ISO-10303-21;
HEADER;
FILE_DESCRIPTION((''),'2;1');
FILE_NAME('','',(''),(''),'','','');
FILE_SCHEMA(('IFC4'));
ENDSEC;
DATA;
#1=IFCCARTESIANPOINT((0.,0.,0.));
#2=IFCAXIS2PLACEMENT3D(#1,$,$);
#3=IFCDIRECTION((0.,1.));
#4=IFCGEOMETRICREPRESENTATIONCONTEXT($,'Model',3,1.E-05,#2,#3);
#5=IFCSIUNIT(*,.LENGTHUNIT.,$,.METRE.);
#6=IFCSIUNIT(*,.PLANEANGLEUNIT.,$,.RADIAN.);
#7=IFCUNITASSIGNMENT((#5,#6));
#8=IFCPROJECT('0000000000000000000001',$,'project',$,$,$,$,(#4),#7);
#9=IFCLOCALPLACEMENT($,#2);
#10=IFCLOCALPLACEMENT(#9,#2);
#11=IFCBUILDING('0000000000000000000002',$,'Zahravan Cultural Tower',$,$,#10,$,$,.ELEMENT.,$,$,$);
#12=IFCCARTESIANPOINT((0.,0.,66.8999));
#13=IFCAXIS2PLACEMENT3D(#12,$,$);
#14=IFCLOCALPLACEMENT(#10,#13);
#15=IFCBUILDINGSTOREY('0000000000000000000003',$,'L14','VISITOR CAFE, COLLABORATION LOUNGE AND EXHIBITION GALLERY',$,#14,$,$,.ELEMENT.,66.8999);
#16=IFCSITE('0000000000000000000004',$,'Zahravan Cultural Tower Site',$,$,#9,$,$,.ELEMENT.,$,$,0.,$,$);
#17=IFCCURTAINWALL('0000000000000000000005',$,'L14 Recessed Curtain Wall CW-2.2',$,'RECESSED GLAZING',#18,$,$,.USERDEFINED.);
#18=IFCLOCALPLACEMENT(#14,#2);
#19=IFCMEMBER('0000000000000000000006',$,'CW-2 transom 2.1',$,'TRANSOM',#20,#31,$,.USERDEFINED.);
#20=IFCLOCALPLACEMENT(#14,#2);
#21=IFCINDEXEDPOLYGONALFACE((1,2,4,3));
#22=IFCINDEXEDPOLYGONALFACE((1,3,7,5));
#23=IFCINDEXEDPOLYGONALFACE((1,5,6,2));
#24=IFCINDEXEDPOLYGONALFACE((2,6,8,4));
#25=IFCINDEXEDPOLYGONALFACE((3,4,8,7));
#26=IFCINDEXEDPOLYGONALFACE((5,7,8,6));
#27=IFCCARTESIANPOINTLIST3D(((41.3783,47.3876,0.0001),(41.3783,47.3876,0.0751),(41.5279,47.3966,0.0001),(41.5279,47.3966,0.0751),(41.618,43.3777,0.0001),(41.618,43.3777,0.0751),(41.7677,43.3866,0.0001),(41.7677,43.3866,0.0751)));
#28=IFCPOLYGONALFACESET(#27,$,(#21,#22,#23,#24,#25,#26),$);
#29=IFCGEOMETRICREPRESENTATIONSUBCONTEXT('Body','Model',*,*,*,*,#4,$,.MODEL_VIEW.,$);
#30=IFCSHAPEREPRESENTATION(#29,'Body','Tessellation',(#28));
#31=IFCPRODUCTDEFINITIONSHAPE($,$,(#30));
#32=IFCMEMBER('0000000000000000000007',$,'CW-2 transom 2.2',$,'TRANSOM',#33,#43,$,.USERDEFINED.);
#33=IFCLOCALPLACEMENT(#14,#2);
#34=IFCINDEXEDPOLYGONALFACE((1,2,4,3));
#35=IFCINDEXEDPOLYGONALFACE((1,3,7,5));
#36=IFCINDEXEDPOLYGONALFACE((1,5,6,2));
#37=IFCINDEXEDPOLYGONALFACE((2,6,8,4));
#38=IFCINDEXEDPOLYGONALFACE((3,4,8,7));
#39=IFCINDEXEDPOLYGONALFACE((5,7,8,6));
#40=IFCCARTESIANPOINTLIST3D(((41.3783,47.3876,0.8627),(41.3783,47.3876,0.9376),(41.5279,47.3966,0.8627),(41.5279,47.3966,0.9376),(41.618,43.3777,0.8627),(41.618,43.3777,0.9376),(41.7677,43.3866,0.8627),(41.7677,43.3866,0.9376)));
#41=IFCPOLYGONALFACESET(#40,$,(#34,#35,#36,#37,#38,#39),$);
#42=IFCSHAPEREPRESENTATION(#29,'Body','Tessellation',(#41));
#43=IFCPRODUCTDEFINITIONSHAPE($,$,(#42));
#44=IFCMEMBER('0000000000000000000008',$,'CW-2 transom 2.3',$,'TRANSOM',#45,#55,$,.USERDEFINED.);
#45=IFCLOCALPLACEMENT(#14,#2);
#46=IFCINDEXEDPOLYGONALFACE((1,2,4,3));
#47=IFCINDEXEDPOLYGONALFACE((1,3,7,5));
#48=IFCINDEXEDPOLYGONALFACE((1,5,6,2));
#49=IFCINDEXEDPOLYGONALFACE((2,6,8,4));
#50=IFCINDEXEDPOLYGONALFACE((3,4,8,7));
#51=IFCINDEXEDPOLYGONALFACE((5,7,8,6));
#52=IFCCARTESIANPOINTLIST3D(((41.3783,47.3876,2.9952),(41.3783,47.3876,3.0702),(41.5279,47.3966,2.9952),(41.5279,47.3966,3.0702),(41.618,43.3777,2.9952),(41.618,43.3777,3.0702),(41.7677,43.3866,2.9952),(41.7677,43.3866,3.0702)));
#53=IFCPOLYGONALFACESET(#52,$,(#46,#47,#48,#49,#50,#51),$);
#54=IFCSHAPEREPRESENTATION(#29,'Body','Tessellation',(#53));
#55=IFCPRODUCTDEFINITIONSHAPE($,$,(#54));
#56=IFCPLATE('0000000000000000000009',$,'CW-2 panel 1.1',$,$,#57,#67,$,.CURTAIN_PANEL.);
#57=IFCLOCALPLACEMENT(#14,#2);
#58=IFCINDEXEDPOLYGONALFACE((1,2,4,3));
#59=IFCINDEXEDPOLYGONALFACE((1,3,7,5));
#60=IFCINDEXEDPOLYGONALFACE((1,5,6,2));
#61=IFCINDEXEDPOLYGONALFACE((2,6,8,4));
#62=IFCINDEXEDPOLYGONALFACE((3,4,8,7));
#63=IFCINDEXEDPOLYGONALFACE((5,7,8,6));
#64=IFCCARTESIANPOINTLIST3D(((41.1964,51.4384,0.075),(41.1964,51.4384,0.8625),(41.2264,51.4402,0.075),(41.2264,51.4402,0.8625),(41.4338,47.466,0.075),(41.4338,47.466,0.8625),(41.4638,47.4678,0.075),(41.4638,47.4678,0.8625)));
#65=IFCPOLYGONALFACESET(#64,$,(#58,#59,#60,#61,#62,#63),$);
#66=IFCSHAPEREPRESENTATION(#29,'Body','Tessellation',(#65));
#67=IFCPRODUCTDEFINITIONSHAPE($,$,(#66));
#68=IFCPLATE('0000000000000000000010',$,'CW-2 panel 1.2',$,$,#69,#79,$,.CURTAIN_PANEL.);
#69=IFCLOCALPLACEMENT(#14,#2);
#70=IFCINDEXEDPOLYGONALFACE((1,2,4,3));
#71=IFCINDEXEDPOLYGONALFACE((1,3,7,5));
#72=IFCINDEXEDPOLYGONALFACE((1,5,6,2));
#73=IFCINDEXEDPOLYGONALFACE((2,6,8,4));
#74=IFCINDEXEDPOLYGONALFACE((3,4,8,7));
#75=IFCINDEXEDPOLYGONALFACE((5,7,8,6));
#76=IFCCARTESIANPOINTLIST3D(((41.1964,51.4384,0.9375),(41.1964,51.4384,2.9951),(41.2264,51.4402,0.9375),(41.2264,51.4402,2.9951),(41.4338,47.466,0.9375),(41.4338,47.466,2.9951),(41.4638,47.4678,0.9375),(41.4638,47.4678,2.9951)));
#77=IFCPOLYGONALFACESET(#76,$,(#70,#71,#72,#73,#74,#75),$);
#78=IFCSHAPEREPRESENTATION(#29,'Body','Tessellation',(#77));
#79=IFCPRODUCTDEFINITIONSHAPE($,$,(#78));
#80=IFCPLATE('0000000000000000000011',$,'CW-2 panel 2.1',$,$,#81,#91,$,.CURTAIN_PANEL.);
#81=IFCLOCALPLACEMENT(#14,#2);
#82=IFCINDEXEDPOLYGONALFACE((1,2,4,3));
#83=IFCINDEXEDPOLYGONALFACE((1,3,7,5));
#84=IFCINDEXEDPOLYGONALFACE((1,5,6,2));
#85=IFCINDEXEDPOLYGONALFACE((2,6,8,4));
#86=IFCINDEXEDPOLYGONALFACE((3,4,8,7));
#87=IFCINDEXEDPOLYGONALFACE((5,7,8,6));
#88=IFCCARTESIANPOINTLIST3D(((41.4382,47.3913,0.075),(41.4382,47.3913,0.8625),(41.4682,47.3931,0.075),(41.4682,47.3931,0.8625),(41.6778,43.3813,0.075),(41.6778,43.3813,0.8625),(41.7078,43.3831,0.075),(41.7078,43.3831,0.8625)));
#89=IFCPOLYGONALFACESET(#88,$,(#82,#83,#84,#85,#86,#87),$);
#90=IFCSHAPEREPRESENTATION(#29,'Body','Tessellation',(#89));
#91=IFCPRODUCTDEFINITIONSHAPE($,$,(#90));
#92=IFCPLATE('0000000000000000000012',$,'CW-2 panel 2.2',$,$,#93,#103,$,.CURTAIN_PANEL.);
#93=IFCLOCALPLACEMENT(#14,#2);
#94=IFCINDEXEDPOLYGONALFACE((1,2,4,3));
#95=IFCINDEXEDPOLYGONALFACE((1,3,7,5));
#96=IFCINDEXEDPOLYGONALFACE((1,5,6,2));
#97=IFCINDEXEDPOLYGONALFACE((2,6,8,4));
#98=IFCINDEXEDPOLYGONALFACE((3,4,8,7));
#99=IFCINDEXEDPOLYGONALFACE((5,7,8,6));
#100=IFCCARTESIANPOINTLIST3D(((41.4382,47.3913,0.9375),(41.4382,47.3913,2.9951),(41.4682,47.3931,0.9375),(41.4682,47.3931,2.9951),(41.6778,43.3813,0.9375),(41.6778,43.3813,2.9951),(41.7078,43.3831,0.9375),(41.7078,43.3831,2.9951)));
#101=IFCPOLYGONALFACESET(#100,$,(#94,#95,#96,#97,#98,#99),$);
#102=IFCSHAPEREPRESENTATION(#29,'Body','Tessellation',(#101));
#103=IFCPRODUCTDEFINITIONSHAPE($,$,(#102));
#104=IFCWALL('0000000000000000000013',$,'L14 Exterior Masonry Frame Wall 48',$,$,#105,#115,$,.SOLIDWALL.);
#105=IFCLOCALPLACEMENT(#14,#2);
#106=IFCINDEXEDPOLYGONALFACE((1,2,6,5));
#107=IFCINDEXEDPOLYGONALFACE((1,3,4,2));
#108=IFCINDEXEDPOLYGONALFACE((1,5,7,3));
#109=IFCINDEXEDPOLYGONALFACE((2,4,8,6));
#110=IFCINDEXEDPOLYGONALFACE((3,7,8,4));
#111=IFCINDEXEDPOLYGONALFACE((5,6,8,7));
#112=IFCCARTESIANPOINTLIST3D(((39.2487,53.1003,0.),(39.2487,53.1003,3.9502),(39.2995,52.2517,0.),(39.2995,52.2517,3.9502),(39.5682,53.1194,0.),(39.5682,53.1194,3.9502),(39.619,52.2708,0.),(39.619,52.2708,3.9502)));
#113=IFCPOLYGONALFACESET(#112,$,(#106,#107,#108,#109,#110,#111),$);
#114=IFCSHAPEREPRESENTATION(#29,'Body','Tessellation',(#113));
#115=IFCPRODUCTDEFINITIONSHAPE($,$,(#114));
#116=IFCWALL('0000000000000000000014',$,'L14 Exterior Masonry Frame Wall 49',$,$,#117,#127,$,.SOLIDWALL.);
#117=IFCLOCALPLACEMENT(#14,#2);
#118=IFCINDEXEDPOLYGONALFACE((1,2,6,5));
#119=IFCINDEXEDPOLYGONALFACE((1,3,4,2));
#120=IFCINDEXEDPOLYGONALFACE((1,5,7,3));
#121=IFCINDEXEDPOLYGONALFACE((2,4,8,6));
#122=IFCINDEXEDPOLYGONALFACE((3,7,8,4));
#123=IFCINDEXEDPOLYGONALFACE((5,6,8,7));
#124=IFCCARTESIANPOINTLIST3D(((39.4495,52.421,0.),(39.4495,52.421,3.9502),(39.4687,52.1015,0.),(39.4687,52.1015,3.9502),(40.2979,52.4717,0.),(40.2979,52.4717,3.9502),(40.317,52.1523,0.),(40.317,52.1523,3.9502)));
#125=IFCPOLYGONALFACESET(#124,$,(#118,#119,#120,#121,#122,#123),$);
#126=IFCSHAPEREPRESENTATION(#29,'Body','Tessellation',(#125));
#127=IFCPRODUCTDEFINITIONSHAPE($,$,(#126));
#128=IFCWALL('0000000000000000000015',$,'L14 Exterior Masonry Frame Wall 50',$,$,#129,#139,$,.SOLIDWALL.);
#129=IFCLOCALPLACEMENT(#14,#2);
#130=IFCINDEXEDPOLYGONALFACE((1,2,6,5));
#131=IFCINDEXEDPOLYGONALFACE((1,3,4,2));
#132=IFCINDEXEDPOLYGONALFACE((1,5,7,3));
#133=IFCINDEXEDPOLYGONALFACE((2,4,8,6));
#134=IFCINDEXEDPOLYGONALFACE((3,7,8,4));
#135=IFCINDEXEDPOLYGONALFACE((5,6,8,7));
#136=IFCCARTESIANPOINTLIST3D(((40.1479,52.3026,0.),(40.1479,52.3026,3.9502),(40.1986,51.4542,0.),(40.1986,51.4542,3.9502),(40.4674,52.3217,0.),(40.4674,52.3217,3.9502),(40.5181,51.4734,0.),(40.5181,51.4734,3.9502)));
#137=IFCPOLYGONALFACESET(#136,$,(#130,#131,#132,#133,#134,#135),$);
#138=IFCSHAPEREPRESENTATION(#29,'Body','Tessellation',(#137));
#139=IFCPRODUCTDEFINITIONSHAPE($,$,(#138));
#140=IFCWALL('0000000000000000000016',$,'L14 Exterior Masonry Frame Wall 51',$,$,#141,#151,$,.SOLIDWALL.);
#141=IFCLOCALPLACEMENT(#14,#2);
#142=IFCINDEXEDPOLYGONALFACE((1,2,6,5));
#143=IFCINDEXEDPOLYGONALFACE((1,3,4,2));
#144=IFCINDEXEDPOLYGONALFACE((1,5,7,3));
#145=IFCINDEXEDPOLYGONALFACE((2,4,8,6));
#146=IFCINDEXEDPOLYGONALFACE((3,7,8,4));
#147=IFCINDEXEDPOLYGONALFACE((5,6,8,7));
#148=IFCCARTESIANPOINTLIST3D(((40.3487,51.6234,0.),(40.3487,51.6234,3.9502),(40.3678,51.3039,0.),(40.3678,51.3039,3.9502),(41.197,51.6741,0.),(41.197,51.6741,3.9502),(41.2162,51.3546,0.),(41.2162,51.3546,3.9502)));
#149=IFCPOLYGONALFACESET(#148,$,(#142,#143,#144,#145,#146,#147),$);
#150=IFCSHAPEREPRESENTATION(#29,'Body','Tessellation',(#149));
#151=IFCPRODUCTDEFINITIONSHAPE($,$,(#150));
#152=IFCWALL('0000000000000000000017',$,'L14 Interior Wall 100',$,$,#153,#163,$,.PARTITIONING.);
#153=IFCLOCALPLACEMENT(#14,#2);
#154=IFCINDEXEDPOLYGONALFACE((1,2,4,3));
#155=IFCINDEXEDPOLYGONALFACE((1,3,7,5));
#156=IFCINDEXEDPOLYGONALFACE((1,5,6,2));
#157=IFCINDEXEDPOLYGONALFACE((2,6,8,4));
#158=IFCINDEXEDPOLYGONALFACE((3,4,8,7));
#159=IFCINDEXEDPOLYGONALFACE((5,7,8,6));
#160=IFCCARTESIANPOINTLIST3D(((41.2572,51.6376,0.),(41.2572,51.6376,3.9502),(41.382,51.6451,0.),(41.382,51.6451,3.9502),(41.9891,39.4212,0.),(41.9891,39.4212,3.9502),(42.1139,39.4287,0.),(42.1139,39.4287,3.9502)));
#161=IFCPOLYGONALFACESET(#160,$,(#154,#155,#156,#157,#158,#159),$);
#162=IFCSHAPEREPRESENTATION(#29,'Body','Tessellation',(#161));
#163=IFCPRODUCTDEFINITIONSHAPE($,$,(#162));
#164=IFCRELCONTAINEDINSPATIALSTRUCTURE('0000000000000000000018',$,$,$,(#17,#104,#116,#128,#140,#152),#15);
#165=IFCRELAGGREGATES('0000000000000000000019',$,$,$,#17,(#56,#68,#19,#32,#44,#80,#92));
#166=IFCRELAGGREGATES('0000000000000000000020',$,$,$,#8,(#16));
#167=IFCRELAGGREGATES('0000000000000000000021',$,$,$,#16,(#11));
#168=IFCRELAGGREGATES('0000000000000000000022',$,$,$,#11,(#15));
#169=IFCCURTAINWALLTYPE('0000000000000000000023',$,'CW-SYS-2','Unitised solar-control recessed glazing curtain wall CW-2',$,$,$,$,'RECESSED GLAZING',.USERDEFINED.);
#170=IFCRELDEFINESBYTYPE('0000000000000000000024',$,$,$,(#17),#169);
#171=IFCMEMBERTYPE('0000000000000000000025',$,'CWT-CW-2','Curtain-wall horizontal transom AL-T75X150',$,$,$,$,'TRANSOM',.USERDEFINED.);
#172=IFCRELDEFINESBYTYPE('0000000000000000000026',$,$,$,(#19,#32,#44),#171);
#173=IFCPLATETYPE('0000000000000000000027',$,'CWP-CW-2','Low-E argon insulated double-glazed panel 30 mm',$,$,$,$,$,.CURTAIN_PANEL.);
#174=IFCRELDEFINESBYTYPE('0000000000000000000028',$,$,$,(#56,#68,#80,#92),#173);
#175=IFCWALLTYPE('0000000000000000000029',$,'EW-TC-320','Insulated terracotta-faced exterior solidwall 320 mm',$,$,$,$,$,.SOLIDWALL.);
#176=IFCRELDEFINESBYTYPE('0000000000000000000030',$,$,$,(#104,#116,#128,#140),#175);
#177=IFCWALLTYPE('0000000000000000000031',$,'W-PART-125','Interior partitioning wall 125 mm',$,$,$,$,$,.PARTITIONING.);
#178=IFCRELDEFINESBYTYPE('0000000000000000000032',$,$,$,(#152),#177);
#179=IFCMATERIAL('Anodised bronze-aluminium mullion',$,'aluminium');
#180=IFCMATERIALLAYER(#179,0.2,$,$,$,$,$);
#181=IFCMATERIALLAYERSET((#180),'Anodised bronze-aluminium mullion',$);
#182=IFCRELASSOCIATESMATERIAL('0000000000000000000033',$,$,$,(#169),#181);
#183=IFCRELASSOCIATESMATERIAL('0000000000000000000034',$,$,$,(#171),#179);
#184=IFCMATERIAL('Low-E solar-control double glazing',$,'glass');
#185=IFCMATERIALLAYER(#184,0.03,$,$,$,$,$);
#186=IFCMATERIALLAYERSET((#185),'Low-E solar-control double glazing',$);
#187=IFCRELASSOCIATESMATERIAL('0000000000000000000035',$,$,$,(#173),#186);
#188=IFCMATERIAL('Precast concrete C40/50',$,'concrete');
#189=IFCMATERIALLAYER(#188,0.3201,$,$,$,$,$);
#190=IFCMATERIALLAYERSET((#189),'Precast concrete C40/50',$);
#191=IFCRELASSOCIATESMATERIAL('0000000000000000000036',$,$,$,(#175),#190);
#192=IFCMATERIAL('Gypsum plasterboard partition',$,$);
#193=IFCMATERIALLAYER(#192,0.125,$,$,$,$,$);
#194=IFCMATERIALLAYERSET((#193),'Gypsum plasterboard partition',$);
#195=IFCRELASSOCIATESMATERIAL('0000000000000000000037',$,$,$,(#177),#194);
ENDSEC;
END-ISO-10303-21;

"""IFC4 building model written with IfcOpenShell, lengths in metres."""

from ifc_helpers import new_model, si_unit, direction, frame, frame_2d, origin, origin_2d, place, context, subcontext, project, spatial, rectangle, extrude, source, transform, mapped, material, layer, layer_set, material_profile, profile_set, type_object, element, aggregate, save


model = new_model("IFC4")

# Units and contexts
model_context = context("Model", 3, precision=1e-05, world=origin(), true_north=direction((0.0, 1.0)))
body_context = subcontext(model_context, "Body", "Model", "MODEL_VIEW")
ifc_project = project(units=[si_unit("LENGTHUNIT", "METRE"), si_unit("PLANEANGLEUNIT", "RADIAN")], contexts=[model_context])

# Site, building, storey
site_placement = place(None, origin())
site = spatial("IfcSite", under=ifc_project, at=site_placement, Name="Zahravan Cultural Tower Site", CompositionType="ELEMENT", RefElevation=0.0)
building_placement = place(site_placement, origin())
building = spatial("IfcBuilding", under=site, at=building_placement, Name="Zahravan Cultural Tower", CompositionType="ELEMENT")
storey_placement = place(building_placement, frame((0.0, 0.0, 66.8999)))
storey = spatial("IfcBuildingStorey", under=building, at=storey_placement, Name="L14", Description="VISITOR CAFE, COLLABORATION LOUNGE AND EXHIBITION GALLERY", CompositionType="ELEMENT", Elevation=66.8999)

# Curtain wall, members, plates
ifc_material_1 = material(Name="Anodised bronze-aluminium mullion", Category="aluminium")
ifc_layer_1 = layer(ifc_material_1, 0.2)
ifc_layer_set_1 = layer_set([ifc_layer_1], Name="Anodised bronze-aluminium mullion")
curtain_wall_type = type_object("IfcCurtainWallType", Name="CW-SYS-2", Description="Unitised solar-control recessed glazing curtain wall CW-2", ElementType="RECESSED GLAZING", PredefinedType="USERDEFINED", material=ifc_layer_set_1)
curtain_wall_placement = place(storey_placement, origin())
curtain_wall = element("IfcCurtainWall", 1, at=curtain_wall_placement, inside=storey, type_object=curtain_wall_type, Name="L14 Recessed Curtain Wall CW-2.2", ObjectType="RECESSED GLAZING", PredefinedType="USERDEFINED")
ifc_material_profile_1 = material_profile(ifc_material_1, rectangle(XDim=0.1499, YDim=0.075, at=origin_2d()), Name="AL-T75X150")
ifc_profile_set_1 = profile_set([ifc_material_profile_1], Name="Anodised bronze-aluminium mullion")
member_type_1 = type_object("IfcMemberType", Name="CWT-CW-2", Description="Curtain-wall horizontal transom AL-T75X150", ElementType="TRANSOM", PredefinedType="USERDEFINED", material=ifc_profile_set_1)
shared_shape_1 = source(origin(), body_context, "Body", "SweptSolid", [
    extrude(rectangle(XDim=0.1499, YDim=0.075, at=origin_2d()), origin(), (0.0, 0.0, 1.0), 4.0171),
])
member_1_placement = place(storey_placement, frame((41.4531, 47.3921, 0.0376), z_axis=(0.05968, -0.998218, 0.0), x_axis=(0.998218, 0.05968, 0.0)))
member_1 = element("IfcMember", 2, at=member_1_placement, type_object=member_type_1, Name="CW-2 transom 2.1", ObjectType="TRANSOM", PredefinedType="USERDEFINED", context=body_context, shape_type="MappedRepresentation", body=[
    mapped(shared_shape_1, transform((0.0, 0.0, 0.0), x_axis=(1.0, 0.0, 0.0), y_axis=(0.0, 1.0, 0.0), z_axis=(0.0, 0.0, 1.0), scale=1.0)),
])
member_2_placement = place(storey_placement, frame((41.4531, 47.3921, 0.9001), z_axis=(0.05968, -0.998218, 0.0), x_axis=(0.998218, 0.05968, 0.0)))
member_2 = element("IfcMember", 3, at=member_2_placement, type_object=member_type_1, Name="CW-2 transom 2.2", ObjectType="TRANSOM", PredefinedType="USERDEFINED", context=body_context, shape_type="MappedRepresentation", body=[
    mapped(shared_shape_1, transform((0.0, 0.0, 0.0), x_axis=(1.0, 0.0, 0.0), y_axis=(0.0, 1.0, 0.0), z_axis=(0.0, 0.0, 1.0), scale=1.0)),
])
member_3_placement = place(storey_placement, frame((41.4531, 47.3921, 3.0327), z_axis=(0.05968, -0.998218, 0.0), x_axis=(0.998218, 0.05968, 0.0)))
member_3 = element("IfcMember", 4, at=member_3_placement, type_object=member_type_1, Name="CW-2 transom 2.3", ObjectType="TRANSOM", PredefinedType="USERDEFINED", context=body_context, shape_type="MappedRepresentation", body=[
    mapped(shared_shape_1, transform((0.0, 0.0, 0.0), x_axis=(1.0, 0.0, 0.0), y_axis=(0.0, 1.0, 0.0), z_axis=(0.0, 0.0, 1.0), scale=1.0)),
])
ifc_material_2 = material(Name="Low-E solar-control double glazing", Category="glass")
ifc_layer_2 = layer(ifc_material_2, 0.03)
ifc_layer_set_2 = layer_set([ifc_layer_2], Name="Low-E solar-control double glazing")
plate_type = type_object("IfcPlateType", Name="CWP-CW-2", Description="Low-E argon insulated double-glazed panel 30 mm", PredefinedType="CURTAIN_PANEL", material=ifc_layer_set_2)
shared_shape_2 = source(origin(), body_context, "Body", "SweptSolid", [
    extrude(rectangle(XDim=3.9795, YDim=0.03, at=origin_2d()), origin(), (0.0, 0.0, 1.0), 0.7876),
])
plate_1_placement = place(storey_placement, frame((41.3301, 49.4531, 0.075), z_axis=(0.0, 0.0, 1.0), x_axis=(0.059652, -0.998219, 0.0)))
plate_1 = element("IfcPlate", 5, at=plate_1_placement, type_object=plate_type, Name="CW-2 panel 1.1", PredefinedType="CURTAIN_PANEL", context=body_context, shape_type="MappedRepresentation", body=[
    mapped(shared_shape_2, transform((0.0, 0.0, 0.0), x_axis=(1.0, 0.0, 0.0), y_axis=(0.0, 1.0, 0.0), z_axis=(0.0, 0.0, 1.0), scale=1.0)),
])
shared_shape_3 = source(origin(), body_context, "Body", "SweptSolid", [
    extrude(rectangle(XDim=3.9795, YDim=0.03, at=origin_2d()), origin(), (0.0, 0.0, 1.0), 2.0576),
])
plate_2_placement = place(storey_placement, frame((41.3301, 49.4531, 0.9375), z_axis=(0.0, 0.0, 1.0), x_axis=(0.059652, -0.998219, 0.0)))
plate_2 = element("IfcPlate", 6, at=plate_2_placement, type_object=plate_type, Name="CW-2 panel 1.2", PredefinedType="CURTAIN_PANEL", context=body_context, shape_type="MappedRepresentation", body=[
    mapped(shared_shape_3, transform((0.0, 0.0, 0.0), x_axis=(1.0, 0.0, 0.0), y_axis=(0.0, 1.0, 0.0), z_axis=(0.0, 0.0, 1.0), scale=1.0)),
])
shared_shape_4 = source(origin(), body_context, "Body", "SweptSolid", [
    extrude(rectangle(XDim=4.0171, YDim=0.03, at=origin_2d()), origin(), (0.0, 0.0, 1.0), 0.7876),
])
plate_3_placement = place(storey_placement, frame((41.573, 45.3872, 0.075), z_axis=(0.0, 0.0, 1.0), x_axis=(0.059652, -0.998219, 0.0)))
plate_3 = element("IfcPlate", 7, at=plate_3_placement, type_object=plate_type, Name="CW-2 panel 2.1", PredefinedType="CURTAIN_PANEL", context=body_context, shape_type="MappedRepresentation", body=[
    mapped(shared_shape_4, transform((0.0, 0.0, 0.0), x_axis=(1.0, 0.0, 0.0), y_axis=(0.0, 1.0, 0.0), z_axis=(0.0, 0.0, 1.0), scale=1.0)),
])
shared_shape_5 = source(origin(), body_context, "Body", "SweptSolid", [
    extrude(rectangle(XDim=4.0171, YDim=0.03, at=origin_2d()), origin(), (0.0, 0.0, 1.0), 2.0576),
])
plate_4_placement = place(storey_placement, frame((41.573, 45.3872, 0.9375), z_axis=(0.0, 0.0, 1.0), x_axis=(0.059652, -0.998219, 0.0)))
plate_4 = element("IfcPlate", 8, at=plate_4_placement, type_object=plate_type, Name="CW-2 panel 2.2", PredefinedType="CURTAIN_PANEL", context=body_context, shape_type="MappedRepresentation", body=[
    mapped(shared_shape_5, transform((0.0, 0.0, 0.0), x_axis=(1.0, 0.0, 0.0), y_axis=(0.0, 1.0, 0.0), z_axis=(0.0, 0.0, 1.0), scale=1.0)),
])
aggregate(curtain_wall, [plate_1, plate_2, member_1, member_2, member_3, plate_3, plate_4])

# Walls
ifc_material_3 = material(Name="Precast concrete C40/50", Category="concrete")
ifc_layer_3 = layer(ifc_material_3, 0.3201)
ifc_layer_set_3 = layer_set([ifc_layer_3], Name="Precast concrete C40/50")
wall_type_1 = type_object("IfcWallType", Name="EW-TC-320", Description="Insulated terracotta-faced exterior solidwall 320 mm", PredefinedType="SOLIDWALL", material=ifc_layer_set_3)
shared_shape_6 = source(origin(), body_context, "Body", "SweptSolid", [
    extrude(rectangle(XDim=0.8501, YDim=0.3201, at=frame_2d((0.425, 0.0))), origin(), (0.0, 0.0, 1.0), 3.9502),
])
wall_1_placement = place(storey_placement, frame((39.4084, 53.1099, 0.0), z_axis=(0.0, 0.0, 1.0), x_axis=(0.059732, -0.998214, 0.0)))
element("IfcWall", 9, at=wall_1_placement, inside=storey, type_object=wall_type_1, Name="L14 Exterior Masonry Frame Wall 48", PredefinedType="SOLIDWALL", context=body_context, shape_type="MappedRepresentation", body=[
    mapped(shared_shape_6, transform((0.0, 0.0, 0.0), x_axis=(1.0, 0.0, 0.0), y_axis=(0.0, 1.0, 0.0), z_axis=(0.0, 0.0, 1.0), scale=1.0)),
])
shared_shape_7 = source(origin(), body_context, "Body", "SweptSolid", [
    extrude(rectangle(XDim=0.8499, YDim=0.3201, at=frame_2d((0.4248, 0.0))), origin(), (0.0, 0.0, 1.0), 3.9502),
])
for number, where, z_axis, x_axis, name in (
    (10, (39.4592, 52.2612, 0.0), (0.0, 0.0, 1.0), (0.998213, 0.059749, 0.0), "L14 Exterior Masonry Frame Wall 49"),
    (11, (40.3076, 52.312, 0.0), (0.0, 0.0, 1.0), (0.059749, -0.998213, 0.0), "L14 Exterior Masonry Frame Wall 50"),
    (12, (40.3584, 51.4636, 0.0), (0.0, 0.0, 1.0), (0.998213, 0.059749, 0.0), "L14 Exterior Masonry Frame Wall 51"),
):
    element("IfcWall", number, at=place(storey_placement, frame(where, z_axis=z_axis, x_axis=x_axis)), inside=storey, type_object=wall_type_1, Name=name, PredefinedType="SOLIDWALL", context=body_context, shape_type="MappedRepresentation", body=[
        mapped(shared_shape_7, transform((0.0, 0.0, 0.0), x_axis=(1.0, 0.0, 0.0), y_axis=(0.0, 1.0, 0.0), z_axis=(0.0, 0.0, 1.0), scale=1.0)),
    ])
ifc_material_4 = material(Name="Gypsum plasterboard partition")
ifc_layer_4 = layer(ifc_material_4, 0.125)
ifc_layer_set_4 = layer_set([ifc_layer_4], Name="Gypsum plasterboard partition")
wall_type_2 = type_object("IfcWallType", Name="W-PART-125", Description="Interior partitioning wall 125 mm", PredefinedType="PARTITIONING", material=ifc_layer_set_4)
shared_shape_8 = source(origin(), body_context, "Body", "SweptSolid", [
    extrude(rectangle(XDim=12.2383, YDim=0.125, at=frame_2d((6.1191, 0.0))), origin(), (0.0, 0.0, 1.0), 3.9502),
])
wall_2_placement = place(storey_placement, frame((41.3196, 51.6414, 0.0), z_axis=(0.0, 0.0, 1.0), x_axis=(0.059807, -0.99821, 0.0)))
element("IfcWall", 13, at=wall_2_placement, inside=storey, type_object=wall_type_2, Name="L14 Interior Wall 100", PredefinedType="PARTITIONING", context=body_context, shape_type="MappedRepresentation", body=[
    mapped(shared_shape_8, transform((0.0, 0.0, 0.0), x_axis=(1.0, 0.0, 0.0), y_axis=(0.0, 1.0, 0.0), z_axis=(0.0, 0.0, 1.0), scale=1.0)),
])

save(model, "model.ifc")
